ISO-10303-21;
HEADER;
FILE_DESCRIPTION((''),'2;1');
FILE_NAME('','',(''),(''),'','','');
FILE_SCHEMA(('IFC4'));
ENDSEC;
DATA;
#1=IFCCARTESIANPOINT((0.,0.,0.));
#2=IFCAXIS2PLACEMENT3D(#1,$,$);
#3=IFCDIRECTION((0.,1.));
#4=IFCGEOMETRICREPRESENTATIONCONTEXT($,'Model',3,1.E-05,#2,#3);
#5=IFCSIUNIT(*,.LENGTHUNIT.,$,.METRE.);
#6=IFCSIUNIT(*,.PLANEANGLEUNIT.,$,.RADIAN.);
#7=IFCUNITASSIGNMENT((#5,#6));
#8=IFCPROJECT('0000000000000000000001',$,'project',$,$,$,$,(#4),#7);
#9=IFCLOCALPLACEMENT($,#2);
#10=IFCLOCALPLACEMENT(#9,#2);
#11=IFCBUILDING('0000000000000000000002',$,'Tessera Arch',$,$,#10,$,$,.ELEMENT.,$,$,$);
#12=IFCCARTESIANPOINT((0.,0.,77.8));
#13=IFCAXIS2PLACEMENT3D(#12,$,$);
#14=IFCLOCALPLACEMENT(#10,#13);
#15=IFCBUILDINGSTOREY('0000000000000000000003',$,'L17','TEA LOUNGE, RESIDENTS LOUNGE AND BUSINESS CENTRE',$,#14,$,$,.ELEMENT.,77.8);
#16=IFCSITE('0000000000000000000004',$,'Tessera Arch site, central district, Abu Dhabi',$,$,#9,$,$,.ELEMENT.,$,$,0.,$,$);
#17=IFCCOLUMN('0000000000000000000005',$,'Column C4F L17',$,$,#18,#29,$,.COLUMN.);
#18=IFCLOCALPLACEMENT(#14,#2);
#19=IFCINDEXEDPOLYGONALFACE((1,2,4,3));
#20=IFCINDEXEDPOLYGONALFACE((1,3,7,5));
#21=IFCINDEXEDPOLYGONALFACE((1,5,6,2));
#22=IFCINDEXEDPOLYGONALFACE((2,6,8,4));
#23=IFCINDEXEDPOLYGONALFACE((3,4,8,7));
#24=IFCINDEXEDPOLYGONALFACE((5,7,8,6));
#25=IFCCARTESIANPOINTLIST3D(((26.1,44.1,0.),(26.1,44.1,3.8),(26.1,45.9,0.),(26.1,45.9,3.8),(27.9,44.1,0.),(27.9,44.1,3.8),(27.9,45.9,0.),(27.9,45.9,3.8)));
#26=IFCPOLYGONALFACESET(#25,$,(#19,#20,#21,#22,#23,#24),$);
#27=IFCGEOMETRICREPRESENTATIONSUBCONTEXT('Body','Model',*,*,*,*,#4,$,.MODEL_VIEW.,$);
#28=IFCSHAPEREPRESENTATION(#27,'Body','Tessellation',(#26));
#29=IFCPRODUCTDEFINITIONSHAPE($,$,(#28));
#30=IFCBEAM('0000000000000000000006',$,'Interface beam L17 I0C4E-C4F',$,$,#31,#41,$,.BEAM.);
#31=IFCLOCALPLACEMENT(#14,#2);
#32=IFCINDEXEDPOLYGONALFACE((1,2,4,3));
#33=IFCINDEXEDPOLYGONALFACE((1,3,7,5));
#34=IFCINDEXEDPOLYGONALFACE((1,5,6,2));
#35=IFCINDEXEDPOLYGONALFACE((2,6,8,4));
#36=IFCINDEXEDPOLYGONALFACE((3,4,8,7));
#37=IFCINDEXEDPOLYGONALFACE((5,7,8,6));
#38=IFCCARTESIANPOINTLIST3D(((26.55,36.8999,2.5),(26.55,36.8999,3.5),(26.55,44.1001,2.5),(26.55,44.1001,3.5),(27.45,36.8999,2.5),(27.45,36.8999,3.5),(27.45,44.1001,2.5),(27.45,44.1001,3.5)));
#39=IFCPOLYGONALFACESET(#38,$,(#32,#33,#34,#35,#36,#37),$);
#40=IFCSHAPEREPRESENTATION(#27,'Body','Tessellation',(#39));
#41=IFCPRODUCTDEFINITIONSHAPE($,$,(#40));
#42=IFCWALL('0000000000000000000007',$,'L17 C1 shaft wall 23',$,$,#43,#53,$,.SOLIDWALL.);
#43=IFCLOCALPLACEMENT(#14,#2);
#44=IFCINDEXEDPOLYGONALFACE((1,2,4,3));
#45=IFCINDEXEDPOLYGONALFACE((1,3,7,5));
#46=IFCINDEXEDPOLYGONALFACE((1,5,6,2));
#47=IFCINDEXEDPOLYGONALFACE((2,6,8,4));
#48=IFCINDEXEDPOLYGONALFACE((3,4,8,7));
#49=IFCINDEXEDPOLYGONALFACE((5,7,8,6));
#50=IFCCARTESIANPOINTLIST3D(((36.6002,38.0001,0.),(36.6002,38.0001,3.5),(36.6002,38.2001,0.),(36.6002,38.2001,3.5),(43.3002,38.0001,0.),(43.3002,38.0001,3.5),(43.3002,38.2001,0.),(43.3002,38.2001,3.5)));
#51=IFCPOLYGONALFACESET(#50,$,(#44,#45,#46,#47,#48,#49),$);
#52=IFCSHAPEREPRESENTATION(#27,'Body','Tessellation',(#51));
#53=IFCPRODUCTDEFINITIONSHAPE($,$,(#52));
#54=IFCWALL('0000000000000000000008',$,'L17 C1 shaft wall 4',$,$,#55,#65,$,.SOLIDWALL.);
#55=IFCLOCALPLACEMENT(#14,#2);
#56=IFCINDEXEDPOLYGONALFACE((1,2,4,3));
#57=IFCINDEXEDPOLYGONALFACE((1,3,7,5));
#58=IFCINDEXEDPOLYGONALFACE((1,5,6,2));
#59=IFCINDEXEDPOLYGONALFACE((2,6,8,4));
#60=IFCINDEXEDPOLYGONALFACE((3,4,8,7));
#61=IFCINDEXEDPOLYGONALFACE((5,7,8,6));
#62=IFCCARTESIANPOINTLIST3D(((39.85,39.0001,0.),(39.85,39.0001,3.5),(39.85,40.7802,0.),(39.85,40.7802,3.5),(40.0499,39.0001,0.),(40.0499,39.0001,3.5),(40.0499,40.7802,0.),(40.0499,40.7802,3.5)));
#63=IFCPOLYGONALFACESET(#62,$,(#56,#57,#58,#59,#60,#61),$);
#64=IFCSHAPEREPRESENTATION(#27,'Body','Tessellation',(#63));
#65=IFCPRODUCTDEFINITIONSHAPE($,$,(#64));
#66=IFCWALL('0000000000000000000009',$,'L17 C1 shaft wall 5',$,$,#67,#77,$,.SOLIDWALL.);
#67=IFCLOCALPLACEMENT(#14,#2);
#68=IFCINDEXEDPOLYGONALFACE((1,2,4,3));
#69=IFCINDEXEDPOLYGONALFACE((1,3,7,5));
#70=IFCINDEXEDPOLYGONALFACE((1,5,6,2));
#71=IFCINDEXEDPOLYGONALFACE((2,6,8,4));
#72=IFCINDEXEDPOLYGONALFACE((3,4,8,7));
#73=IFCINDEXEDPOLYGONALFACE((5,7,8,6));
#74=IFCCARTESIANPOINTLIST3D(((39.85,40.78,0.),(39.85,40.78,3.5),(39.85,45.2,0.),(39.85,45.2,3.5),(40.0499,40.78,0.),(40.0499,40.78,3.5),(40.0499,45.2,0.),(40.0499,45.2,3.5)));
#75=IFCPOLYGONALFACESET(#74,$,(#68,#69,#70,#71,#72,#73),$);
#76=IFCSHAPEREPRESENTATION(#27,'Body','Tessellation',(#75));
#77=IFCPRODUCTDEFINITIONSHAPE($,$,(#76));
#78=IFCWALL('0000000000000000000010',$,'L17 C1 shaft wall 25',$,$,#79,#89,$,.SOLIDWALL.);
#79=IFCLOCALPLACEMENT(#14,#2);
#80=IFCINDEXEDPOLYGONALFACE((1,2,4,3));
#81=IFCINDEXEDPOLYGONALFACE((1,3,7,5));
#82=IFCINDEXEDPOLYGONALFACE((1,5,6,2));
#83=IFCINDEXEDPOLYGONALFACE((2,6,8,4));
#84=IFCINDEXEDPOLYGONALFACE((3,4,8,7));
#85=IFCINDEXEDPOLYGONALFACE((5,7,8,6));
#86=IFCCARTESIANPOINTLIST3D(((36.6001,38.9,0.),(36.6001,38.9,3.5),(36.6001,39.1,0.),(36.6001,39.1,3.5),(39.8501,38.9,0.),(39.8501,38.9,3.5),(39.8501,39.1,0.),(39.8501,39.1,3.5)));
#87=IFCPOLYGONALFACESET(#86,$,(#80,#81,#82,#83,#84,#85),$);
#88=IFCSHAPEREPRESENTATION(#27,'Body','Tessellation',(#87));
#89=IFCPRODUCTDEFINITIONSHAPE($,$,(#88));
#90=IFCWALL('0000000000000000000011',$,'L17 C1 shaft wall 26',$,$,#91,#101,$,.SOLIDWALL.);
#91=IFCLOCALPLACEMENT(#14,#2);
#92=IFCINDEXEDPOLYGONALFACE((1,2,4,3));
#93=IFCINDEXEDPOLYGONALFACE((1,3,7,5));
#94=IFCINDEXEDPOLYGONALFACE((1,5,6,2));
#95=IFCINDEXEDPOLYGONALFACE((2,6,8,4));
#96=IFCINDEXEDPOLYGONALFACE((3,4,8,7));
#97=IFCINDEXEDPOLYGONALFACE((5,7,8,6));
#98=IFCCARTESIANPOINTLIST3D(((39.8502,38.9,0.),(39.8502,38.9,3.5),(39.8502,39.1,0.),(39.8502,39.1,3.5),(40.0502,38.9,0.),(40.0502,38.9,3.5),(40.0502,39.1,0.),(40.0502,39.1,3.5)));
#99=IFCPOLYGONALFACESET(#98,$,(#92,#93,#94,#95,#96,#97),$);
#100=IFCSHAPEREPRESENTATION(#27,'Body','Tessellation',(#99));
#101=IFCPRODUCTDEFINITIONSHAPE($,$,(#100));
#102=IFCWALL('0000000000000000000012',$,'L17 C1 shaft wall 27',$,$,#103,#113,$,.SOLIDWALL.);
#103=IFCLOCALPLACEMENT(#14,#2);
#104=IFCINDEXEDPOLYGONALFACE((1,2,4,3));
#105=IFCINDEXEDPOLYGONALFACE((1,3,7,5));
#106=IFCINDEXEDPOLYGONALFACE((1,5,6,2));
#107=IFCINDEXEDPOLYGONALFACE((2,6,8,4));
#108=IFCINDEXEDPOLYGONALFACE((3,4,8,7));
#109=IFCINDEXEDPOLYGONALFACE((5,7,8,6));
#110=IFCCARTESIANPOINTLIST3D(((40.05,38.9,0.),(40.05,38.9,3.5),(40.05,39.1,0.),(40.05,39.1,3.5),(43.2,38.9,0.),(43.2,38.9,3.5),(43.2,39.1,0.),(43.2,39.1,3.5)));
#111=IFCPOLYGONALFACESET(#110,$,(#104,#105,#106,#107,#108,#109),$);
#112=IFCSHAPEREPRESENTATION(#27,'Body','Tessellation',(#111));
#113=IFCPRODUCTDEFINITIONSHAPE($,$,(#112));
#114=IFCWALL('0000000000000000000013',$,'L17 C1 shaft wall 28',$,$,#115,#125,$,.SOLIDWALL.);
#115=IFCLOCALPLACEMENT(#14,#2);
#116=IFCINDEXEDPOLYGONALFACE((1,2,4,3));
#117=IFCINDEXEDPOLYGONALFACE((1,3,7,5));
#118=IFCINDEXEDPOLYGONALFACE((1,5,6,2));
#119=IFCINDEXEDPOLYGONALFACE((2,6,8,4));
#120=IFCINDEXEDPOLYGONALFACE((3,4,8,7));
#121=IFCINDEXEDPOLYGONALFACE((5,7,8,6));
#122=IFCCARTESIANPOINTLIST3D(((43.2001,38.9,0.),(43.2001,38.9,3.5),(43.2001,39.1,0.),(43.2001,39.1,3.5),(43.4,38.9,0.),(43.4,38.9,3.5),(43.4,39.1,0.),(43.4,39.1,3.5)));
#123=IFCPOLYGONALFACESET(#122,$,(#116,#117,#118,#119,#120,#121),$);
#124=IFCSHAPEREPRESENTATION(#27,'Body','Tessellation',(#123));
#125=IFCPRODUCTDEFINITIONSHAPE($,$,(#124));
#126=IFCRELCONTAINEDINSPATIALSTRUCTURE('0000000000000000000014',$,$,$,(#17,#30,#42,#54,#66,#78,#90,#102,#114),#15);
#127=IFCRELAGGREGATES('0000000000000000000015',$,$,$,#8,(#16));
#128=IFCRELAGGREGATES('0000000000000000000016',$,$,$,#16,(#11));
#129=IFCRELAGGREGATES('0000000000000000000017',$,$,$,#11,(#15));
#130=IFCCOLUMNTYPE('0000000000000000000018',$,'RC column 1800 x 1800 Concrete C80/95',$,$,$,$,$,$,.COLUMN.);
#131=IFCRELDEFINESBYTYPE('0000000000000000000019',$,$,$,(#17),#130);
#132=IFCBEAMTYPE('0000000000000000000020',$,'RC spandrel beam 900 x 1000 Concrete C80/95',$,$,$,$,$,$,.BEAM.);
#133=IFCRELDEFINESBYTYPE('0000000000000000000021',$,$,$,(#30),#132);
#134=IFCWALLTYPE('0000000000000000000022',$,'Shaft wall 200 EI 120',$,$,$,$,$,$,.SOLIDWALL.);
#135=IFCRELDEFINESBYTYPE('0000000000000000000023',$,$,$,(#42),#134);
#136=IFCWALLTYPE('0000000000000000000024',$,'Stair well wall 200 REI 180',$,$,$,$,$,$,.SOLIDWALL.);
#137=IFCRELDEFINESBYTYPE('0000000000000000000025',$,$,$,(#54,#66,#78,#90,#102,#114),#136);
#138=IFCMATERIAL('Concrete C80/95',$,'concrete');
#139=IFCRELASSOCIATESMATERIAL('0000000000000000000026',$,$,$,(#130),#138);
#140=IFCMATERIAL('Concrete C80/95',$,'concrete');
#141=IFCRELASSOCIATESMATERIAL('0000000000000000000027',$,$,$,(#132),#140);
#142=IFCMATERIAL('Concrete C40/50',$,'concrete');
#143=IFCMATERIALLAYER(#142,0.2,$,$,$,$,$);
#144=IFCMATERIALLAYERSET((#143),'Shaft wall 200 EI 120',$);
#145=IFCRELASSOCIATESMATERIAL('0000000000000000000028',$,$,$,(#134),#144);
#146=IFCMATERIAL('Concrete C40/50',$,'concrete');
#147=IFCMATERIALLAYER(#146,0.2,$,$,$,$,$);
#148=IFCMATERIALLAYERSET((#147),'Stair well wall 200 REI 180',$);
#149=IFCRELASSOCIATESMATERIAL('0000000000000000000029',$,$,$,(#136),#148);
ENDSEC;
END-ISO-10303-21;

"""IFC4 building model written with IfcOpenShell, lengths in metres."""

from ifc_helpers import new_model, si_unit, direction, frame, frame_2d, origin, origin_2d, place, context, subcontext, project, spatial, rectangle, extrude, material, layer, layer_set, material_profile, profile_set, type_object, element, save


model = new_model("IFC4")

# Units and contexts
model_context = context("Model", 3, precision=1e-05, world=origin(), true_north=direction((0.0, 1.0)))
body_context = subcontext(model_context, "Body", "Model", "MODEL_VIEW")
ifc_project = project(units=[si_unit("LENGTHUNIT", "METRE"), si_unit("PLANEANGLEUNIT", "RADIAN")], contexts=[model_context])

# Site, building, storey
site_placement = place(None, origin())
site = spatial("IfcSite", under=ifc_project, at=site_placement, Name="Tessera Arch site, central district, Abu Dhabi", CompositionType="ELEMENT", RefElevation=0.0)
building_placement = place(site_placement, origin())
building = spatial("IfcBuilding", under=site, at=building_placement, Name="Tessera Arch", CompositionType="ELEMENT")
storey_placement = place(building_placement, frame((0.0, 0.0, 77.8)))
storey = spatial("IfcBuildingStorey", under=building, at=storey_placement, Name="L17", Description="TEA LOUNGE, RESIDENTS LOUNGE AND BUSINESS CENTRE", CompositionType="ELEMENT", Elevation=77.8)

# Column
ifc_material_1 = material(Name="Concrete C80/95", Category="concrete")
ifc_material_profile_1 = material_profile(ifc_material_1, rectangle(XDim=1.8, YDim=1.8, at=origin_2d()), Name="RC column 1800 x 1800 Concrete C80/95")
ifc_profile_set_1 = profile_set([ifc_material_profile_1], Name="Concrete C80/95")
column_type = type_object("IfcColumnType", Name="RC column 1800 x 1800 Concrete C80/95", PredefinedType="COLUMN", material=ifc_profile_set_1)
column_placement = place(storey_placement, frame((27.0, 45.0, 0.0), z_axis=(0.0, 0.0, 1.0), x_axis=(1.0, 0.0, 0.0)))
element("IfcColumn", 1, at=column_placement, inside=storey, type_object=column_type, Name="Column C4F L17", PredefinedType="COLUMN", context=body_context, shape_type="SweptSolid", body=[
    extrude(rectangle(XDim=1.8, YDim=1.8, at=origin_2d()), origin(), (0.0, 0.0, 1.0), 3.8),
])

# Beam
ifc_material_2 = material(Name="Concrete C80/95", Category="concrete")
ifc_material_profile_2 = material_profile(ifc_material_2, rectangle(XDim=0.8999, YDim=1.0, at=origin_2d()), Name="RC spandrel beam 900 x 1000 Concrete C80/95")
ifc_profile_set_2 = profile_set([ifc_material_profile_2], Name="Concrete C80/95")
beam_type = type_object("IfcBeamType", Name="RC spandrel beam 900 x 1000 Concrete C80/95", PredefinedType="BEAM", material=ifc_profile_set_2)
beam_placement = place(storey_placement, frame((27.0, 36.8999, 3.0), z_axis=(0.0, 1.0, 0.0), x_axis=(-1.0, 0.0, 0.0)))
element("IfcBeam", 2, at=beam_placement, inside=storey, type_object=beam_type, Name="Interface beam L17 I0C4E-C4F", PredefinedType="BEAM", context=body_context, shape_type="SweptSolid", body=[
    extrude(rectangle(XDim=0.8999, YDim=1.0, at=origin_2d()), origin(), (0.0, 0.0, 1.0), 7.2002),
])

# Walls
ifc_material_3 = material(Name="Concrete C40/50", Category="concrete")
ifc_layer_1 = layer(ifc_material_3, 0.2)
ifc_layer_set_1 = layer_set([ifc_layer_1], Name="Shaft wall 200 EI 120")
wall_type_1 = type_object("IfcWallType", Name="Shaft wall 200 EI 120", PredefinedType="SOLIDWALL", material=ifc_layer_set_1)
wall_1_placement = place(storey_placement, frame((36.6001, 38.1001, 0.0), z_axis=(0.0, 0.0, 1.0), x_axis=(1.0, 0.0, 0.0)))
element("IfcWall", 3, at=wall_1_placement, inside=storey, type_object=wall_type_1, Name="L17 C1 shaft wall 23", PredefinedType="SOLIDWALL", context=body_context, shape_type="SweptSolid", body=[
    extrude(rectangle(XDim=6.7, YDim=0.2, at=frame_2d((3.3501, 0.0))), origin(), (0.0, 0.0, 1.0), 3.5),
])
ifc_material_4 = material(Name="Concrete C40/50", Category="concrete")
ifc_layer_2 = layer(ifc_material_4, 0.2)
ifc_layer_set_2 = layer_set([ifc_layer_2], Name="Stair well wall 200 REI 180")
wall_type_2 = type_object("IfcWallType", Name="Stair well wall 200 REI 180", PredefinedType="SOLIDWALL", material=ifc_layer_set_2)
wall_2_placement = place(storey_placement, frame((39.95, 39.0, 0.0), z_axis=(0.0, 0.0, 1.0), x_axis=(0.0, 1.0, 0.0)))
element("IfcWall", 4, at=wall_2_placement, inside=storey, type_object=wall_type_2, Name="L17 C1 shaft wall 4", PredefinedType="SOLIDWALL", context=body_context, shape_type="SweptSolid", body=[
    extrude(rectangle(XDim=1.78, YDim=0.2, at=frame_2d((0.8901, 0.0))), origin(), (0.0, 0.0, 1.0), 3.5),
])
wall_3_placement = place(storey_placement, frame((39.95, 40.78, 0.0), z_axis=(0.0, 0.0, 1.0), x_axis=(0.0, 1.0, 0.0)))
element("IfcWall", 5, at=wall_3_placement, inside=storey, type_object=wall_type_2, Name="L17 C1 shaft wall 5", PredefinedType="SOLIDWALL", context=body_context, shape_type="SweptSolid", body=[
    extrude(rectangle(XDim=4.4199, YDim=0.2, at=frame_2d((2.21, 0.0))), origin(), (0.0, 0.0, 1.0), 3.5),
])
wall_4_placement = place(storey_placement, frame((36.6001, 39.0, 0.0), z_axis=(0.0, 0.0, 1.0), x_axis=(1.0, 0.0, 0.0)))
element("IfcWall", 6, at=wall_4_placement, inside=storey, type_object=wall_type_2, Name="L17 C1 shaft wall 25", PredefinedType="SOLIDWALL", context=body_context, shape_type="SweptSolid", body=[
    extrude(rectangle(XDim=3.25, YDim=0.2, at=frame_2d((1.625, 0.0))), origin(), (0.0, 0.0, 1.0), 3.5),
])
wall_5_placement = place(storey_placement, frame((39.8501, 39.0, 0.0), z_axis=(0.0, 0.0, 1.0), x_axis=(1.0, 0.0, 0.0)))
element("IfcWall", 7, at=wall_5_placement, inside=storey, type_object=wall_type_2, Name="L17 C1 shaft wall 26", PredefinedType="SOLIDWALL", context=body_context, shape_type="SweptSolid", body=[
    extrude(rectangle(XDim=0.2, YDim=0.2, at=frame_2d((0.1001, 0.0))), origin(), (0.0, 0.0, 1.0), 3.5),
])
wall_6_placement = place(storey_placement, frame((40.05, 39.0, 0.0), z_axis=(0.0, 0.0, 1.0), x_axis=(1.0, 0.0, 0.0)))
element("IfcWall", 8, at=wall_6_placement, inside=storey, type_object=wall_type_2, Name="L17 C1 shaft wall 27", PredefinedType="SOLIDWALL", context=body_context, shape_type="SweptSolid", body=[
    extrude(rectangle(XDim=3.1499, YDim=0.2, at=frame_2d((1.575, 0.0))), origin(), (0.0, 0.0, 1.0), 3.5),
])
wall_7_placement = place(storey_placement, frame((43.2, 39.0, 0.0), z_axis=(0.0, 0.0, 1.0), x_axis=(1.0, 0.0, 0.0)))
element("IfcWall", 9, at=wall_7_placement, inside=storey, type_object=wall_type_2, Name="L17 C1 shaft wall 28", PredefinedType="SOLIDWALL", context=body_context, shape_type="SweptSolid", body=[
    extrude(rectangle(XDim=0.2, YDim=0.2, at=frame_2d((0.1001, 0.0))), origin(), (0.0, 0.0, 1.0), 3.5),
])

save(model, "model.ifc")
